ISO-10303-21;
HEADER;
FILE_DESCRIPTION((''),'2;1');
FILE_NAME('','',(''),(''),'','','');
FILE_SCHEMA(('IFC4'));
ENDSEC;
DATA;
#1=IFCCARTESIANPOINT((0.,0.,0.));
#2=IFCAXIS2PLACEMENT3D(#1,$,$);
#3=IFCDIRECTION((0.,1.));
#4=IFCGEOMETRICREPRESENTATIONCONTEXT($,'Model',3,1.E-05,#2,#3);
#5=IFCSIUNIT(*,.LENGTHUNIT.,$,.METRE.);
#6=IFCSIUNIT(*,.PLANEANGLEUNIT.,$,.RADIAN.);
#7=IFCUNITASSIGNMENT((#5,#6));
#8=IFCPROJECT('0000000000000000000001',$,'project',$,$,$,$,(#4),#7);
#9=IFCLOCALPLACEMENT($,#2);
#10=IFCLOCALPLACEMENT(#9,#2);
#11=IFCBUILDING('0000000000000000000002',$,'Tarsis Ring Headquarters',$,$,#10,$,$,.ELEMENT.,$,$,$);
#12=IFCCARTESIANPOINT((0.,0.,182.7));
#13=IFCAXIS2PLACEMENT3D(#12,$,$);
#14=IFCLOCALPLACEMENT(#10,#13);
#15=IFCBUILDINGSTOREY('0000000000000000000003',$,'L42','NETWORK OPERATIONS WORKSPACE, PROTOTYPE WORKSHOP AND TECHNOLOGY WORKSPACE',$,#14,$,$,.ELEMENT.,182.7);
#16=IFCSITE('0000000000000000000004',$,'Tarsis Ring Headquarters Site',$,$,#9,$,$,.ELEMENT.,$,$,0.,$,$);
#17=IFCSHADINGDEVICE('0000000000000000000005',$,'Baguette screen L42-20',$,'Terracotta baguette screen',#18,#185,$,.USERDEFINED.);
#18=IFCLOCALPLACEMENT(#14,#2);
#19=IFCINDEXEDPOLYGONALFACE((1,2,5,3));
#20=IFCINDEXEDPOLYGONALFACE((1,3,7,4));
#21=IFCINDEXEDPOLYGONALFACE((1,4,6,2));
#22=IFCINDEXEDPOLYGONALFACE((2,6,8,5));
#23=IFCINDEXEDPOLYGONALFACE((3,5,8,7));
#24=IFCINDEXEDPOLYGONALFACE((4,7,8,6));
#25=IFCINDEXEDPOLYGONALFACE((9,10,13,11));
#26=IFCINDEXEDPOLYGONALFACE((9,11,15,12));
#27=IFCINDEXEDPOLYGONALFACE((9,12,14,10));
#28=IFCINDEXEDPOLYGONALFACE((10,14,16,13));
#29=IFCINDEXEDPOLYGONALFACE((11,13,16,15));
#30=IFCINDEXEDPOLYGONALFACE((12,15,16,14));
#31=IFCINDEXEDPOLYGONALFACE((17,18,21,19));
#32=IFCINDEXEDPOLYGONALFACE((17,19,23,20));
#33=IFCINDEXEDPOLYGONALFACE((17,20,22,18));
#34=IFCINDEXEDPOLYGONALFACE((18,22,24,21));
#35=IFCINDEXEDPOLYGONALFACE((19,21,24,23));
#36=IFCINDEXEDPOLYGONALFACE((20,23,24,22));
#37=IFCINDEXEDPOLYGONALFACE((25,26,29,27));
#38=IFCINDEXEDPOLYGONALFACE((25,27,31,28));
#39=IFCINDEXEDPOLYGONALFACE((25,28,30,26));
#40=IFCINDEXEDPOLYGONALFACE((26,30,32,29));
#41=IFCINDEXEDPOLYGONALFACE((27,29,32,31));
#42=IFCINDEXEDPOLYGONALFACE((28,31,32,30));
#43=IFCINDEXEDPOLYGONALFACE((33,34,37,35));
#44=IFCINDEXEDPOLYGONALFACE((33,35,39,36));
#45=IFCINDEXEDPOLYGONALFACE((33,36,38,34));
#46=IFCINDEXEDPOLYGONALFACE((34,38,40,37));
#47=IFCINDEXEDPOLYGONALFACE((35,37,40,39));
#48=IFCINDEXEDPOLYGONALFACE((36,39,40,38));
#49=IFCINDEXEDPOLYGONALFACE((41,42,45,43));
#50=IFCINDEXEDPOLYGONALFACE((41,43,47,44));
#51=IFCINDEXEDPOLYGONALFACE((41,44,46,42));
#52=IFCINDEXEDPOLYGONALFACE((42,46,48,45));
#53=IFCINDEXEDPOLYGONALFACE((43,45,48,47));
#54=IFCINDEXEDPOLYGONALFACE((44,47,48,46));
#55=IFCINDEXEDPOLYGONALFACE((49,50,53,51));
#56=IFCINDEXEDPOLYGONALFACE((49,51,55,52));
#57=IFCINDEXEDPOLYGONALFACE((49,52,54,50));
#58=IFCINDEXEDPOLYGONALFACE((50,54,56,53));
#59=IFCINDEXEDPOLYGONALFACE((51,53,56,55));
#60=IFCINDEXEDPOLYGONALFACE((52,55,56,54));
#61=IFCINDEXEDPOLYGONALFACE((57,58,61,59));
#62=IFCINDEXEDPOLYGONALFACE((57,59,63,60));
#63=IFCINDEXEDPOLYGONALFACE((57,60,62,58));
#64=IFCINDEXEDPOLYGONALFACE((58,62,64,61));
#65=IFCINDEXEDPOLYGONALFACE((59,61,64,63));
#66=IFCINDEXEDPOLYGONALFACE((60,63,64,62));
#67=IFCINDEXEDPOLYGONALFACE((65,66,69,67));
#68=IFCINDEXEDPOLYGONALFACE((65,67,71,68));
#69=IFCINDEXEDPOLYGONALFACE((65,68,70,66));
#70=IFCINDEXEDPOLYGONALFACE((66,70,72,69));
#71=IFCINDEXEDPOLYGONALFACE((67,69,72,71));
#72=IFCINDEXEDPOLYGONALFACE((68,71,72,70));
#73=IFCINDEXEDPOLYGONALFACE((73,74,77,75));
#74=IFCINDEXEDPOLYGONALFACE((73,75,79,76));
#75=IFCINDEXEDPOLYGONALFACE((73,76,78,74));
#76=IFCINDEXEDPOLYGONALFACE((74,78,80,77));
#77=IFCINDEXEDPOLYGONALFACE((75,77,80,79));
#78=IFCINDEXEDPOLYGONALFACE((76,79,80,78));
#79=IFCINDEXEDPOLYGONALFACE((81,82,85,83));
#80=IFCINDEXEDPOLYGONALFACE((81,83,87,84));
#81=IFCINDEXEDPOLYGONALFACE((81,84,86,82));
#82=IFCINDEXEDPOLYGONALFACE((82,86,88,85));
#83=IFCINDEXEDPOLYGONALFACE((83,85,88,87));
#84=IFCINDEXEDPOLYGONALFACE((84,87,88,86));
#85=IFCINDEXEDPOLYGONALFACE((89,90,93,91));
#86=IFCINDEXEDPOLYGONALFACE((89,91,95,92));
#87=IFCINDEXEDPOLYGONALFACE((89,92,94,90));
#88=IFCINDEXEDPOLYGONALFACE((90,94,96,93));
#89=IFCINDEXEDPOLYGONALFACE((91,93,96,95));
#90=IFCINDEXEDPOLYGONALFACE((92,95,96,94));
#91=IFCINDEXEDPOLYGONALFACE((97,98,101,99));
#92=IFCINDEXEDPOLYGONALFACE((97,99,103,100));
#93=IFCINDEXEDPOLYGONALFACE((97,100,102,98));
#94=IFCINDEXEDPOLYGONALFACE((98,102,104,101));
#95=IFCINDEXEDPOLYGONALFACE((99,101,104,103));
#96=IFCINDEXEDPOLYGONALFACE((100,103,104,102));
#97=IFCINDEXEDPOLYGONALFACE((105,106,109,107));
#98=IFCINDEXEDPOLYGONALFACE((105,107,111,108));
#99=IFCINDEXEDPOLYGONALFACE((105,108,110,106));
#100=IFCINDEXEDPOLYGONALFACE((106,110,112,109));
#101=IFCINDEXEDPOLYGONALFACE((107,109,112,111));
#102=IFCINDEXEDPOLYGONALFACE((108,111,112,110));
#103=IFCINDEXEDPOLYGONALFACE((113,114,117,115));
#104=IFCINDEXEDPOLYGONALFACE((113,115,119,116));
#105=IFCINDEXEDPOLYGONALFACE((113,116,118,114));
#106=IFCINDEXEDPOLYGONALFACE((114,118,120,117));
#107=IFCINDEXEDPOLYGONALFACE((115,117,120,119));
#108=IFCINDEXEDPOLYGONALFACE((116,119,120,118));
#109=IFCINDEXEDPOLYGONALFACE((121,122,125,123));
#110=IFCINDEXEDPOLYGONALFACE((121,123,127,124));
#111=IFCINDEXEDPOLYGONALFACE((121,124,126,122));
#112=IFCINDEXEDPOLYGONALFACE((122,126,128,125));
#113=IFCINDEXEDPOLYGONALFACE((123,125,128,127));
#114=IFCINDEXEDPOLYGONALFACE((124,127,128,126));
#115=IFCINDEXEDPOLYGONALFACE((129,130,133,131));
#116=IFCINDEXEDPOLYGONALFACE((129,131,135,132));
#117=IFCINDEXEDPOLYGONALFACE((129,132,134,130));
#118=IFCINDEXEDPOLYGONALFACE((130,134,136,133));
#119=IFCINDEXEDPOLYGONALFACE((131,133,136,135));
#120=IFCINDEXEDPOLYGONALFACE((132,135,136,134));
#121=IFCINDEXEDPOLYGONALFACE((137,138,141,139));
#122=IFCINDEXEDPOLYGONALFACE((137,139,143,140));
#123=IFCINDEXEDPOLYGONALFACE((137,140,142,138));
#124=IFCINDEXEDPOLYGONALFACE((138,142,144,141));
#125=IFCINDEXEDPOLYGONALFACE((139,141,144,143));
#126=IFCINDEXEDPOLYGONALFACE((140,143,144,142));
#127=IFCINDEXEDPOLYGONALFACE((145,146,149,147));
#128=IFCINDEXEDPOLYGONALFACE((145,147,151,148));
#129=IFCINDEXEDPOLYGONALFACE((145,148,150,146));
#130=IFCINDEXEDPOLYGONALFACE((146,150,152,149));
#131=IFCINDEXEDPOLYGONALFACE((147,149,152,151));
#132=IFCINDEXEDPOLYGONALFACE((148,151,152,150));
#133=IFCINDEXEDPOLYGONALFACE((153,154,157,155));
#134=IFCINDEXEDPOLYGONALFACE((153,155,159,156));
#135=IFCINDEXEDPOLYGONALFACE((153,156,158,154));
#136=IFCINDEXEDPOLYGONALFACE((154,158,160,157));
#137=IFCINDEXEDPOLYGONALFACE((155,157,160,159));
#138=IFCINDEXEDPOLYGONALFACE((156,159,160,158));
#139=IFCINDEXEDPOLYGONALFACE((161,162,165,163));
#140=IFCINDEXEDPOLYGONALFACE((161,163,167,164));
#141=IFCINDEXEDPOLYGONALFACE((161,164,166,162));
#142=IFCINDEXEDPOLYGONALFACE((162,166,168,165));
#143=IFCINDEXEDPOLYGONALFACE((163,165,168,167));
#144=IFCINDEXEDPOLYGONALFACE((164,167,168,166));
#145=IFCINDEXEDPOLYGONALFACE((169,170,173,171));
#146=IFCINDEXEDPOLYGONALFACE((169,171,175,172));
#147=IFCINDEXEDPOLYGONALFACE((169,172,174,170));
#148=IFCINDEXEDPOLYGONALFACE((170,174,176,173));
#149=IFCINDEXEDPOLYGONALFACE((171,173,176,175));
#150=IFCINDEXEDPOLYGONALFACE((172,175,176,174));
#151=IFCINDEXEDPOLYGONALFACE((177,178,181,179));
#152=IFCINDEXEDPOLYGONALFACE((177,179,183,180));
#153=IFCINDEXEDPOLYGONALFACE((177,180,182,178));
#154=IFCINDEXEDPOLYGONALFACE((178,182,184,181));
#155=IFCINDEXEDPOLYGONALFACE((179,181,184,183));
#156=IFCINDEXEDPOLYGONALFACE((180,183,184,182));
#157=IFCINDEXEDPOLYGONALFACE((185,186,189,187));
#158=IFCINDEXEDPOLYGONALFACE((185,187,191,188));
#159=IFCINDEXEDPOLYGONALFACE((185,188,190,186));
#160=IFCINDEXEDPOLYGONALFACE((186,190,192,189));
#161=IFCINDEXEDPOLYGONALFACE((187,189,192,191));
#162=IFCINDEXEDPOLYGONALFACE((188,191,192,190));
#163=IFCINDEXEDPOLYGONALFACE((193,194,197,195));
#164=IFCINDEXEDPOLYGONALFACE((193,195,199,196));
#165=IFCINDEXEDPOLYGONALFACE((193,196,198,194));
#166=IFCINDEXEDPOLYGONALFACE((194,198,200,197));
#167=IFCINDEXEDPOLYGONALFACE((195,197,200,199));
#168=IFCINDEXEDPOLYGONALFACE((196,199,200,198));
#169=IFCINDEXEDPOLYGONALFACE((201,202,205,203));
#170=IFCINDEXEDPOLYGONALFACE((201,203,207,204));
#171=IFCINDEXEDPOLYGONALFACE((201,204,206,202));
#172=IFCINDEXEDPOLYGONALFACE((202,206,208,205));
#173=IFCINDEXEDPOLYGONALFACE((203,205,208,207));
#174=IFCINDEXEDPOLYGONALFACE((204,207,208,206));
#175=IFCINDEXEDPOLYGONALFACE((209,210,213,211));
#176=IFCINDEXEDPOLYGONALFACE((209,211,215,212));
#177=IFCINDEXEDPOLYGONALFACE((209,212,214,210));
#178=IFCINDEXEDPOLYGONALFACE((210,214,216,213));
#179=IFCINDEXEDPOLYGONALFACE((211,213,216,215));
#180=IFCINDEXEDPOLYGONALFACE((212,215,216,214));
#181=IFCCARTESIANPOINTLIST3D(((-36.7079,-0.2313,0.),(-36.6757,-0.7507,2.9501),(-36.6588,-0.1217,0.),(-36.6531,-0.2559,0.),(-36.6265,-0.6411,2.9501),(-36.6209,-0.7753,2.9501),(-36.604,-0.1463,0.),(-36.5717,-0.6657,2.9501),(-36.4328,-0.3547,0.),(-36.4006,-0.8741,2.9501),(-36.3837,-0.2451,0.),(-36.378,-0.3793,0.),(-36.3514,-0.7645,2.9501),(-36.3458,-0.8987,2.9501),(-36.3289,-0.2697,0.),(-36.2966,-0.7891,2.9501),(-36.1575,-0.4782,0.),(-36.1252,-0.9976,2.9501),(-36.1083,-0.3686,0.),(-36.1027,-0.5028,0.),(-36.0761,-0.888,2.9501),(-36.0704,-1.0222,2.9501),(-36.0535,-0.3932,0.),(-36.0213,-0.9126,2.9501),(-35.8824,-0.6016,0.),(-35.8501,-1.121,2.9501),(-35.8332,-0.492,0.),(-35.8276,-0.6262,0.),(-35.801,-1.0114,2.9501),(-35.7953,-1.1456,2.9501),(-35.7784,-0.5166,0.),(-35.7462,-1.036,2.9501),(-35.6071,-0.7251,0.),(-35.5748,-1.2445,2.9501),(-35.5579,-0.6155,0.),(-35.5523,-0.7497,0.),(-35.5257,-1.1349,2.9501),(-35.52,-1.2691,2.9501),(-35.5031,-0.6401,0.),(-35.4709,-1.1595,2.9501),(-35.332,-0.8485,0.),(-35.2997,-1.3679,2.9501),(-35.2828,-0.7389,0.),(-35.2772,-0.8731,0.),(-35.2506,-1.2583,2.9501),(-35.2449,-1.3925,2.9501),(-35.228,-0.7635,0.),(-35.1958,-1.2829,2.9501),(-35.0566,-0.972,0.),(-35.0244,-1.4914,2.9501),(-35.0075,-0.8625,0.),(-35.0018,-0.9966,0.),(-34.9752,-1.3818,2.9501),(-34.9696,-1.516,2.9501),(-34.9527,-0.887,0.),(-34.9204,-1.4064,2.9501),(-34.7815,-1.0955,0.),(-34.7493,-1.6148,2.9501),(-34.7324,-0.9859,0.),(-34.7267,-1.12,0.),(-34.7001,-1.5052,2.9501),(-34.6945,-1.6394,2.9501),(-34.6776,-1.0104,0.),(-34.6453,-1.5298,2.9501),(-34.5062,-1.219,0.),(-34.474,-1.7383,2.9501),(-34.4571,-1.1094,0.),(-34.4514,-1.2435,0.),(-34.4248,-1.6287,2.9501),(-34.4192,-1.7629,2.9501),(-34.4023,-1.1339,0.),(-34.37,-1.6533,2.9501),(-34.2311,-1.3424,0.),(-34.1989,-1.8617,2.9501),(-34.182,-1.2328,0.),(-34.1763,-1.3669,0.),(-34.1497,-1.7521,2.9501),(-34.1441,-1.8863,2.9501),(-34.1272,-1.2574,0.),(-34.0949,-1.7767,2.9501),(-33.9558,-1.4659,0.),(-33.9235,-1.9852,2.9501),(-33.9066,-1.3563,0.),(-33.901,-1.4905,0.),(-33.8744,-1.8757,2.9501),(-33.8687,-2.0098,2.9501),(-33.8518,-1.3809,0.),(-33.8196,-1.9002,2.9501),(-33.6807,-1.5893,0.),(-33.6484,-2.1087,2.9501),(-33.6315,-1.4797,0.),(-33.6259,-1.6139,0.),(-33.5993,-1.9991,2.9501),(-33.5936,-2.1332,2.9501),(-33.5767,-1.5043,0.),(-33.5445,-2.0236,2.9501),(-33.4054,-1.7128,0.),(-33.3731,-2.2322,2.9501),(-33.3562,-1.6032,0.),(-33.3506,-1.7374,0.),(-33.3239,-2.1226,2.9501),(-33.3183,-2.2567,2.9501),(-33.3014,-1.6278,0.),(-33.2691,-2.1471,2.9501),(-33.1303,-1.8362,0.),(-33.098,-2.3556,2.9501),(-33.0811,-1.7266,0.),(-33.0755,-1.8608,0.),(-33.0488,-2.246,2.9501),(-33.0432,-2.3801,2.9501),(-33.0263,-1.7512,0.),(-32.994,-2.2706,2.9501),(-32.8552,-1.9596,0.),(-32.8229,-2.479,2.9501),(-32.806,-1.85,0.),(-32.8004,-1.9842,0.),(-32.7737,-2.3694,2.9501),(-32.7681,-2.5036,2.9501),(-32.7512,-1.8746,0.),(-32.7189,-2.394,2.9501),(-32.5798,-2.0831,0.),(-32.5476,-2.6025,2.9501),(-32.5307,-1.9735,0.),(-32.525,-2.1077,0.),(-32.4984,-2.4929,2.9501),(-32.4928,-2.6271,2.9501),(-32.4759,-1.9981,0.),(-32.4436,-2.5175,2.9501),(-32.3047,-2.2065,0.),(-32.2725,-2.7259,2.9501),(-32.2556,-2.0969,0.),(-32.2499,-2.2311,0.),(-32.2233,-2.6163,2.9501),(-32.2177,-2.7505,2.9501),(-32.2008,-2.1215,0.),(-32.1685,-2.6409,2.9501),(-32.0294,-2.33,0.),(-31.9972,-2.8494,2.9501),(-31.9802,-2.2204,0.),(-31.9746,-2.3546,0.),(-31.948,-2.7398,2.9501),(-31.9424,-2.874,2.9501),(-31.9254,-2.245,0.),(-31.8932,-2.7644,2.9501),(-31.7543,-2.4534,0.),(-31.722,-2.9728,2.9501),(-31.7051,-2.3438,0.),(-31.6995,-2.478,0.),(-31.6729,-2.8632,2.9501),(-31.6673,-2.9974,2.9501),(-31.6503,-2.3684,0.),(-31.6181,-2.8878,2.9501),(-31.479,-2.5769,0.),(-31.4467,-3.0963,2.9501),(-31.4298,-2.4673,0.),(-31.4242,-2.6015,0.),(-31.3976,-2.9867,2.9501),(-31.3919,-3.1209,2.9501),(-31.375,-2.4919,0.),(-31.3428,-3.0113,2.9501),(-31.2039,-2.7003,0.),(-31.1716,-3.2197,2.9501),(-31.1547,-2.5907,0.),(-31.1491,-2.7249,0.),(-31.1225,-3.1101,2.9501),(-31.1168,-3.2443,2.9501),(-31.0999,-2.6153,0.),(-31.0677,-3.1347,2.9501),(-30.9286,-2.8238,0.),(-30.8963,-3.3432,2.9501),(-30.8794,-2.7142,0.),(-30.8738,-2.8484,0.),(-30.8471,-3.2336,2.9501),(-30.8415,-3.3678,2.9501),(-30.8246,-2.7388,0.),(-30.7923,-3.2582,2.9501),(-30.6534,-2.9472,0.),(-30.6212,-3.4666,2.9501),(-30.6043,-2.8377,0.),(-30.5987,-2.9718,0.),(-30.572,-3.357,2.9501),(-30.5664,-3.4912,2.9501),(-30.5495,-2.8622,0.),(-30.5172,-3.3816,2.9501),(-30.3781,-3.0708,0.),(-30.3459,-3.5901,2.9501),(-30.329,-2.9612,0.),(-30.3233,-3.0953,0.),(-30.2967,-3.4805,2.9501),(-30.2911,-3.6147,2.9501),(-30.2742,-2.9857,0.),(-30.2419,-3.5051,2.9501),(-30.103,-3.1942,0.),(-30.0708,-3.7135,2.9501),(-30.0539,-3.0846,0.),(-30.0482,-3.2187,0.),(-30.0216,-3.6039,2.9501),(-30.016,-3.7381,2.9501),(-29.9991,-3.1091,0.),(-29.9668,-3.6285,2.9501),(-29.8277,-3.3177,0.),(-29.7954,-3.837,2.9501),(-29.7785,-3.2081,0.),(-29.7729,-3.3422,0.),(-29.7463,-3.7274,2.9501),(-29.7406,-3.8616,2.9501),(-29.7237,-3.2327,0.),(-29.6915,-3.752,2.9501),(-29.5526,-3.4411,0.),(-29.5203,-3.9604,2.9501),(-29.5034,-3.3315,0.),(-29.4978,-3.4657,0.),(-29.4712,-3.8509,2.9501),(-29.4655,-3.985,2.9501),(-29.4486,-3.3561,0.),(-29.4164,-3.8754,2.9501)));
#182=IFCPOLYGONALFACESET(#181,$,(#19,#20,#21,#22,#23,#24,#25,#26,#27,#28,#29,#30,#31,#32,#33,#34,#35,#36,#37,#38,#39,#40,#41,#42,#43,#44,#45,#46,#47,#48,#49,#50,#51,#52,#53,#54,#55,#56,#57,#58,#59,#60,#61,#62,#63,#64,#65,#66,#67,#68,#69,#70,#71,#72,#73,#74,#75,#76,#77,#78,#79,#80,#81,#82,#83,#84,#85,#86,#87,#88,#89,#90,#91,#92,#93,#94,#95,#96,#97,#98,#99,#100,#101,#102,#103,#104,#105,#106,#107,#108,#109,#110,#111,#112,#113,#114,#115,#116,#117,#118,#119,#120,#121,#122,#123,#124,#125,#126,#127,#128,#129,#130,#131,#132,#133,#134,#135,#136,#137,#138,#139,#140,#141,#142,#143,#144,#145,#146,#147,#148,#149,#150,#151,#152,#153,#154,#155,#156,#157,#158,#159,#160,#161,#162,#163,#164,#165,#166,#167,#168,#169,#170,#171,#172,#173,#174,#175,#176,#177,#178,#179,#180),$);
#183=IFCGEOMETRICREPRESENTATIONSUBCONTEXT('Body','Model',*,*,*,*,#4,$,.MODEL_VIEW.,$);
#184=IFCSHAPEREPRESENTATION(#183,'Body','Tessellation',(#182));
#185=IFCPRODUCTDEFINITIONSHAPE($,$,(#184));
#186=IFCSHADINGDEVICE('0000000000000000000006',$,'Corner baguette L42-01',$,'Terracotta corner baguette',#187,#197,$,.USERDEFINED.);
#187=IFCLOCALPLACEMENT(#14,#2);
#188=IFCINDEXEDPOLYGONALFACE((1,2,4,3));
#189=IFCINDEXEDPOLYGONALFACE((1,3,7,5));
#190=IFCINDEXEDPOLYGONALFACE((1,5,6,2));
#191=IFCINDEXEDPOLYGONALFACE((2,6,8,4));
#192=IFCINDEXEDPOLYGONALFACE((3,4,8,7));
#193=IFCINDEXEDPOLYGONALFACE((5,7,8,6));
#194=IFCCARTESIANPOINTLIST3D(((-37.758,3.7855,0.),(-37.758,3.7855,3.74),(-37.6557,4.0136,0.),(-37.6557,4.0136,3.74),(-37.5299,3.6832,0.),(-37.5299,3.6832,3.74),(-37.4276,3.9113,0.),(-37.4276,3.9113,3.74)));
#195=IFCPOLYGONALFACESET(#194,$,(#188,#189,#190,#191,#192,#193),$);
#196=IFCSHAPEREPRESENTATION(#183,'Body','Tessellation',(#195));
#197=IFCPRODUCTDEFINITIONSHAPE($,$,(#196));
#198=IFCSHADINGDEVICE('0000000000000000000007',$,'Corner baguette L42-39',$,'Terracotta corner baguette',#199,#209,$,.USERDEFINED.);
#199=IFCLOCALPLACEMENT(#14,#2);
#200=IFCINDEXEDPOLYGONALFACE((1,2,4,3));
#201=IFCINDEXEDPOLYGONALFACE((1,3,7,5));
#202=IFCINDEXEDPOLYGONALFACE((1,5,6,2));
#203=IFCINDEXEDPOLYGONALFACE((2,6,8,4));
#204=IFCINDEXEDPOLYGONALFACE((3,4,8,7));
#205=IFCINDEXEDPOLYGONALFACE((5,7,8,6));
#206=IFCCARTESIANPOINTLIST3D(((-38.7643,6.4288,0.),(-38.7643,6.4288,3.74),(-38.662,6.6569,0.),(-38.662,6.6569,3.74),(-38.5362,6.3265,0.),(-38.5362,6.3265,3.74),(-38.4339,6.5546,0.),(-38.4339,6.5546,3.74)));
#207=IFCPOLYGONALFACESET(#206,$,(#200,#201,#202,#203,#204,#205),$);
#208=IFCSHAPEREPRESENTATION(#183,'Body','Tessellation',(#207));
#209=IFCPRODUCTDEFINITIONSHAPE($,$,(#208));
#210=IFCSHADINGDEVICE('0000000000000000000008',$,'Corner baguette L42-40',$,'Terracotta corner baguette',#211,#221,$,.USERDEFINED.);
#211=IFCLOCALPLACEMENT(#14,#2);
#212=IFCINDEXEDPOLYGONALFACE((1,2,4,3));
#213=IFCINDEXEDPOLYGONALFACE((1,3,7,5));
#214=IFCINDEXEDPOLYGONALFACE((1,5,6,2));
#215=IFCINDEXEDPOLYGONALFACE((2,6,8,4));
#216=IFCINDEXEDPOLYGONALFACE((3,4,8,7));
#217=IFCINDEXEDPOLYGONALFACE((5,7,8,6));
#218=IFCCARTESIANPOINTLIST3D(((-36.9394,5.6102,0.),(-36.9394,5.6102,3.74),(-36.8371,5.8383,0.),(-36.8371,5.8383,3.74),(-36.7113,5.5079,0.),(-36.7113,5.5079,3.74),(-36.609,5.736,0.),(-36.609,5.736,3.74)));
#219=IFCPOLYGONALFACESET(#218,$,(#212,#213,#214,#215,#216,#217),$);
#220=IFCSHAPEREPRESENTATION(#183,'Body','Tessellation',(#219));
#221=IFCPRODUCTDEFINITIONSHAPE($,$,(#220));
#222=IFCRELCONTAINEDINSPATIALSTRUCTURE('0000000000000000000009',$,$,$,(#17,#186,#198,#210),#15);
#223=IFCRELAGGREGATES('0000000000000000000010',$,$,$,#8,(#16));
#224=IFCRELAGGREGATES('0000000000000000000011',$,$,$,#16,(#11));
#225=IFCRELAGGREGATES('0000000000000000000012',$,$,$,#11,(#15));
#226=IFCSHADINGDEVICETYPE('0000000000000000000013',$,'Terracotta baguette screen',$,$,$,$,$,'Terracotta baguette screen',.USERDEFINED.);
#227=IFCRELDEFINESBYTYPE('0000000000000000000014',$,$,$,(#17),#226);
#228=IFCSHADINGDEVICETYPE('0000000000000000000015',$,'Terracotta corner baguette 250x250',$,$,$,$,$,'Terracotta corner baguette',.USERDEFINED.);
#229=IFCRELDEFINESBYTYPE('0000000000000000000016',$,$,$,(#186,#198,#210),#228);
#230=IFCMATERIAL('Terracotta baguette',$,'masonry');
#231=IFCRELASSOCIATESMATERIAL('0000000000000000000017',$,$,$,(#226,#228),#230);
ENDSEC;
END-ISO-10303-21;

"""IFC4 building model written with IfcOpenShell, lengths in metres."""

from ifc_helpers import new_model, si_unit, direction, frame, frame_2d, origin, origin_2d, place, context, subcontext, project, spatial, rectangle, composite_profile, extrude, material, type_object, element, save


model = new_model("IFC4")

# Units and contexts
model_context = context("Model", 3, precision=1e-05, world=origin(), true_north=direction((0.0, 1.0)))
body_context = subcontext(model_context, "Body", "Model", "MODEL_VIEW")
ifc_project = project(units=[si_unit("LENGTHUNIT", "METRE"), si_unit("PLANEANGLEUNIT", "RADIAN")], contexts=[model_context])

# Site, building, storey
site_placement = place(None, origin())
site = spatial("IfcSite", under=ifc_project, at=site_placement, Name="Tarsis Ring Headquarters Site", CompositionType="ELEMENT", RefElevation=0.0)
building_placement = place(site_placement, origin())
building = spatial("IfcBuilding", under=site, at=building_placement, Name="Tarsis Ring Headquarters", CompositionType="ELEMENT")
storey_placement = place(building_placement, frame((0.0, 0.0, 182.7)))
storey = spatial("IfcBuildingStorey", under=building, at=storey_placement, Name="L42", Description="NETWORK OPERATIONS WORKSPACE, PROTOTYPE WORKSHOP AND TECHNOLOGY WORKSPACE", CompositionType="ELEMENT", Elevation=182.7)

# Shading devices
ifc_material_1 = material(Name="Terracotta baguette", Category="masonry")
shading_device_type_1 = type_object("IfcShadingDeviceType", Name="Terracotta baguette screen", ElementType="Terracotta baguette screen", PredefinedType="USERDEFINED", material=ifc_material_1)
shading_device_1_placement = place(storey_placement, frame((-36.6833, -0.1765, 0.0), z_axis=(0.0, 0.0, 1.0), x_axis=(0.912413, -0.409293, 0.0)))
element("IfcShadingDevice", 1, at=shading_device_1_placement, inside=storey, type_object=shading_device_type_1, Name="Baguette screen L42-20", ObjectType="Terracotta baguette screen", PredefinedType="USERDEFINED", context=body_context, shape_type="SweptSolid", body=[
    extrude(composite_profile([rectangle(XDim=0.0601, YDim=0.1201, at=frame_2d((0.03, 0.0))), rectangle(XDim=0.0601, YDim=0.1201, at=frame_2d((0.3315, 0.0))), rectangle(XDim=0.0601, YDim=0.1201, at=frame_2d((0.6333, 0.0))), rectangle(XDim=0.0601, YDim=0.1201, at=frame_2d((0.9348, 0.0))), rectangle(XDim=0.0601, YDim=0.1201, at=frame_2d((1.2366, 0.0))), rectangle(XDim=0.0601, YDim=0.1201, at=frame_2d((1.5381, 0.0))), rectangle(XDim=0.0601, YDim=0.1201, at=frame_2d((1.8398, 0.0))), rectangle(XDim=0.0601, YDim=0.1201, at=frame_2d((2.1414, 0.0))), rectangle(XDim=0.0601, YDim=0.1201, at=frame_2d((2.4431, 0.0))), rectangle(XDim=0.0601, YDim=0.1201, at=frame_2d((2.7446, 0.0))), rectangle(XDim=0.0601, YDim=0.1201, at=frame_2d((3.0464, 0.0))), rectangle(XDim=0.0601, YDim=0.1201, at=frame_2d((3.3479, 0.0))), rectangle(XDim=0.0601, YDim=0.1201, at=frame_2d((3.6497, 0.0))), rectangle(XDim=0.0601, YDim=0.1201, at=frame_2d((3.9512, 0.0))), rectangle(XDim=0.0601, YDim=0.1201, at=frame_2d((4.2527, 0.0))), rectangle(XDim=0.0601, YDim=0.1201, at=frame_2d((4.5544, 0.0))), rectangle(XDim=0.0601, YDim=0.1201, at=frame_2d((4.856, 0.0))), rectangle(XDim=0.0601, YDim=0.1201, at=frame_2d((5.1577, 0.0))), rectangle(XDim=0.0601, YDim=0.1201, at=frame_2d((5.4592, 0.0))), rectangle(XDim=0.0601, YDim=0.1201, at=frame_2d((5.761, 0.0))), rectangle(XDim=0.0601, YDim=0.1201, at=frame_2d((6.0625, 0.0))), rectangle(XDim=0.0601, YDim=0.1201, at=frame_2d((6.3643, 0.0))), rectangle(XDim=0.0601, YDim=0.1201, at=frame_2d((6.6658, 0.0))), rectangle(XDim=0.0601, YDim=0.1201, at=frame_2d((6.9675, 0.0))), rectangle(XDim=0.0601, YDim=0.1201, at=frame_2d((7.269, 0.0))), rectangle(XDim=0.0601, YDim=0.1201, at=frame_2d((7.5708, 0.0))), rectangle(XDim=0.0601, YDim=0.1201, at=frame_2d((7.8723, 0.0)))]), origin(), (0.080786, -0.153784, 0.984796), 2.9956),
])
shading_device_type_2 = type_object("IfcShadingDeviceType", Name="Terracotta corner baguette 250x250", ElementType="Terracotta corner baguette", PredefinedType="USERDEFINED", material=ifc_material_1)
for number, where, z_axis, x_axis, name in (
    (2, (-37.5928, 3.8484, 0.0), (0.0, 0.0, 1.0), (-0.409286, -0.912406, 0.0), "Corner baguette L42-01"),
    (3, (-38.5991, 6.4917, 0.0), (0.0, 0.0, 1.0), (-0.409286, -0.912406, 0.0), "Corner baguette L42-39"),
    (4, (-36.7742, 5.6731, 0.0), (0.0, 0.0, 1.0), (0.912406, -0.409286, 0.0), "Corner baguette L42-40"),
):
    element("IfcShadingDevice", number, at=place(storey_placement, frame(where, z_axis=z_axis, x_axis=x_axis)), inside=storey, type_object=shading_device_type_2, Name=name, ObjectType="Terracotta corner baguette", PredefinedType="USERDEFINED", context=body_context, shape_type="SweptSolid", body=[
        extrude(rectangle(XDim=0.25, YDim=0.25, at=origin_2d()), origin(), (0.0, 0.0, 1.0), 3.74),
    ])

save(model, "model.ifc")
